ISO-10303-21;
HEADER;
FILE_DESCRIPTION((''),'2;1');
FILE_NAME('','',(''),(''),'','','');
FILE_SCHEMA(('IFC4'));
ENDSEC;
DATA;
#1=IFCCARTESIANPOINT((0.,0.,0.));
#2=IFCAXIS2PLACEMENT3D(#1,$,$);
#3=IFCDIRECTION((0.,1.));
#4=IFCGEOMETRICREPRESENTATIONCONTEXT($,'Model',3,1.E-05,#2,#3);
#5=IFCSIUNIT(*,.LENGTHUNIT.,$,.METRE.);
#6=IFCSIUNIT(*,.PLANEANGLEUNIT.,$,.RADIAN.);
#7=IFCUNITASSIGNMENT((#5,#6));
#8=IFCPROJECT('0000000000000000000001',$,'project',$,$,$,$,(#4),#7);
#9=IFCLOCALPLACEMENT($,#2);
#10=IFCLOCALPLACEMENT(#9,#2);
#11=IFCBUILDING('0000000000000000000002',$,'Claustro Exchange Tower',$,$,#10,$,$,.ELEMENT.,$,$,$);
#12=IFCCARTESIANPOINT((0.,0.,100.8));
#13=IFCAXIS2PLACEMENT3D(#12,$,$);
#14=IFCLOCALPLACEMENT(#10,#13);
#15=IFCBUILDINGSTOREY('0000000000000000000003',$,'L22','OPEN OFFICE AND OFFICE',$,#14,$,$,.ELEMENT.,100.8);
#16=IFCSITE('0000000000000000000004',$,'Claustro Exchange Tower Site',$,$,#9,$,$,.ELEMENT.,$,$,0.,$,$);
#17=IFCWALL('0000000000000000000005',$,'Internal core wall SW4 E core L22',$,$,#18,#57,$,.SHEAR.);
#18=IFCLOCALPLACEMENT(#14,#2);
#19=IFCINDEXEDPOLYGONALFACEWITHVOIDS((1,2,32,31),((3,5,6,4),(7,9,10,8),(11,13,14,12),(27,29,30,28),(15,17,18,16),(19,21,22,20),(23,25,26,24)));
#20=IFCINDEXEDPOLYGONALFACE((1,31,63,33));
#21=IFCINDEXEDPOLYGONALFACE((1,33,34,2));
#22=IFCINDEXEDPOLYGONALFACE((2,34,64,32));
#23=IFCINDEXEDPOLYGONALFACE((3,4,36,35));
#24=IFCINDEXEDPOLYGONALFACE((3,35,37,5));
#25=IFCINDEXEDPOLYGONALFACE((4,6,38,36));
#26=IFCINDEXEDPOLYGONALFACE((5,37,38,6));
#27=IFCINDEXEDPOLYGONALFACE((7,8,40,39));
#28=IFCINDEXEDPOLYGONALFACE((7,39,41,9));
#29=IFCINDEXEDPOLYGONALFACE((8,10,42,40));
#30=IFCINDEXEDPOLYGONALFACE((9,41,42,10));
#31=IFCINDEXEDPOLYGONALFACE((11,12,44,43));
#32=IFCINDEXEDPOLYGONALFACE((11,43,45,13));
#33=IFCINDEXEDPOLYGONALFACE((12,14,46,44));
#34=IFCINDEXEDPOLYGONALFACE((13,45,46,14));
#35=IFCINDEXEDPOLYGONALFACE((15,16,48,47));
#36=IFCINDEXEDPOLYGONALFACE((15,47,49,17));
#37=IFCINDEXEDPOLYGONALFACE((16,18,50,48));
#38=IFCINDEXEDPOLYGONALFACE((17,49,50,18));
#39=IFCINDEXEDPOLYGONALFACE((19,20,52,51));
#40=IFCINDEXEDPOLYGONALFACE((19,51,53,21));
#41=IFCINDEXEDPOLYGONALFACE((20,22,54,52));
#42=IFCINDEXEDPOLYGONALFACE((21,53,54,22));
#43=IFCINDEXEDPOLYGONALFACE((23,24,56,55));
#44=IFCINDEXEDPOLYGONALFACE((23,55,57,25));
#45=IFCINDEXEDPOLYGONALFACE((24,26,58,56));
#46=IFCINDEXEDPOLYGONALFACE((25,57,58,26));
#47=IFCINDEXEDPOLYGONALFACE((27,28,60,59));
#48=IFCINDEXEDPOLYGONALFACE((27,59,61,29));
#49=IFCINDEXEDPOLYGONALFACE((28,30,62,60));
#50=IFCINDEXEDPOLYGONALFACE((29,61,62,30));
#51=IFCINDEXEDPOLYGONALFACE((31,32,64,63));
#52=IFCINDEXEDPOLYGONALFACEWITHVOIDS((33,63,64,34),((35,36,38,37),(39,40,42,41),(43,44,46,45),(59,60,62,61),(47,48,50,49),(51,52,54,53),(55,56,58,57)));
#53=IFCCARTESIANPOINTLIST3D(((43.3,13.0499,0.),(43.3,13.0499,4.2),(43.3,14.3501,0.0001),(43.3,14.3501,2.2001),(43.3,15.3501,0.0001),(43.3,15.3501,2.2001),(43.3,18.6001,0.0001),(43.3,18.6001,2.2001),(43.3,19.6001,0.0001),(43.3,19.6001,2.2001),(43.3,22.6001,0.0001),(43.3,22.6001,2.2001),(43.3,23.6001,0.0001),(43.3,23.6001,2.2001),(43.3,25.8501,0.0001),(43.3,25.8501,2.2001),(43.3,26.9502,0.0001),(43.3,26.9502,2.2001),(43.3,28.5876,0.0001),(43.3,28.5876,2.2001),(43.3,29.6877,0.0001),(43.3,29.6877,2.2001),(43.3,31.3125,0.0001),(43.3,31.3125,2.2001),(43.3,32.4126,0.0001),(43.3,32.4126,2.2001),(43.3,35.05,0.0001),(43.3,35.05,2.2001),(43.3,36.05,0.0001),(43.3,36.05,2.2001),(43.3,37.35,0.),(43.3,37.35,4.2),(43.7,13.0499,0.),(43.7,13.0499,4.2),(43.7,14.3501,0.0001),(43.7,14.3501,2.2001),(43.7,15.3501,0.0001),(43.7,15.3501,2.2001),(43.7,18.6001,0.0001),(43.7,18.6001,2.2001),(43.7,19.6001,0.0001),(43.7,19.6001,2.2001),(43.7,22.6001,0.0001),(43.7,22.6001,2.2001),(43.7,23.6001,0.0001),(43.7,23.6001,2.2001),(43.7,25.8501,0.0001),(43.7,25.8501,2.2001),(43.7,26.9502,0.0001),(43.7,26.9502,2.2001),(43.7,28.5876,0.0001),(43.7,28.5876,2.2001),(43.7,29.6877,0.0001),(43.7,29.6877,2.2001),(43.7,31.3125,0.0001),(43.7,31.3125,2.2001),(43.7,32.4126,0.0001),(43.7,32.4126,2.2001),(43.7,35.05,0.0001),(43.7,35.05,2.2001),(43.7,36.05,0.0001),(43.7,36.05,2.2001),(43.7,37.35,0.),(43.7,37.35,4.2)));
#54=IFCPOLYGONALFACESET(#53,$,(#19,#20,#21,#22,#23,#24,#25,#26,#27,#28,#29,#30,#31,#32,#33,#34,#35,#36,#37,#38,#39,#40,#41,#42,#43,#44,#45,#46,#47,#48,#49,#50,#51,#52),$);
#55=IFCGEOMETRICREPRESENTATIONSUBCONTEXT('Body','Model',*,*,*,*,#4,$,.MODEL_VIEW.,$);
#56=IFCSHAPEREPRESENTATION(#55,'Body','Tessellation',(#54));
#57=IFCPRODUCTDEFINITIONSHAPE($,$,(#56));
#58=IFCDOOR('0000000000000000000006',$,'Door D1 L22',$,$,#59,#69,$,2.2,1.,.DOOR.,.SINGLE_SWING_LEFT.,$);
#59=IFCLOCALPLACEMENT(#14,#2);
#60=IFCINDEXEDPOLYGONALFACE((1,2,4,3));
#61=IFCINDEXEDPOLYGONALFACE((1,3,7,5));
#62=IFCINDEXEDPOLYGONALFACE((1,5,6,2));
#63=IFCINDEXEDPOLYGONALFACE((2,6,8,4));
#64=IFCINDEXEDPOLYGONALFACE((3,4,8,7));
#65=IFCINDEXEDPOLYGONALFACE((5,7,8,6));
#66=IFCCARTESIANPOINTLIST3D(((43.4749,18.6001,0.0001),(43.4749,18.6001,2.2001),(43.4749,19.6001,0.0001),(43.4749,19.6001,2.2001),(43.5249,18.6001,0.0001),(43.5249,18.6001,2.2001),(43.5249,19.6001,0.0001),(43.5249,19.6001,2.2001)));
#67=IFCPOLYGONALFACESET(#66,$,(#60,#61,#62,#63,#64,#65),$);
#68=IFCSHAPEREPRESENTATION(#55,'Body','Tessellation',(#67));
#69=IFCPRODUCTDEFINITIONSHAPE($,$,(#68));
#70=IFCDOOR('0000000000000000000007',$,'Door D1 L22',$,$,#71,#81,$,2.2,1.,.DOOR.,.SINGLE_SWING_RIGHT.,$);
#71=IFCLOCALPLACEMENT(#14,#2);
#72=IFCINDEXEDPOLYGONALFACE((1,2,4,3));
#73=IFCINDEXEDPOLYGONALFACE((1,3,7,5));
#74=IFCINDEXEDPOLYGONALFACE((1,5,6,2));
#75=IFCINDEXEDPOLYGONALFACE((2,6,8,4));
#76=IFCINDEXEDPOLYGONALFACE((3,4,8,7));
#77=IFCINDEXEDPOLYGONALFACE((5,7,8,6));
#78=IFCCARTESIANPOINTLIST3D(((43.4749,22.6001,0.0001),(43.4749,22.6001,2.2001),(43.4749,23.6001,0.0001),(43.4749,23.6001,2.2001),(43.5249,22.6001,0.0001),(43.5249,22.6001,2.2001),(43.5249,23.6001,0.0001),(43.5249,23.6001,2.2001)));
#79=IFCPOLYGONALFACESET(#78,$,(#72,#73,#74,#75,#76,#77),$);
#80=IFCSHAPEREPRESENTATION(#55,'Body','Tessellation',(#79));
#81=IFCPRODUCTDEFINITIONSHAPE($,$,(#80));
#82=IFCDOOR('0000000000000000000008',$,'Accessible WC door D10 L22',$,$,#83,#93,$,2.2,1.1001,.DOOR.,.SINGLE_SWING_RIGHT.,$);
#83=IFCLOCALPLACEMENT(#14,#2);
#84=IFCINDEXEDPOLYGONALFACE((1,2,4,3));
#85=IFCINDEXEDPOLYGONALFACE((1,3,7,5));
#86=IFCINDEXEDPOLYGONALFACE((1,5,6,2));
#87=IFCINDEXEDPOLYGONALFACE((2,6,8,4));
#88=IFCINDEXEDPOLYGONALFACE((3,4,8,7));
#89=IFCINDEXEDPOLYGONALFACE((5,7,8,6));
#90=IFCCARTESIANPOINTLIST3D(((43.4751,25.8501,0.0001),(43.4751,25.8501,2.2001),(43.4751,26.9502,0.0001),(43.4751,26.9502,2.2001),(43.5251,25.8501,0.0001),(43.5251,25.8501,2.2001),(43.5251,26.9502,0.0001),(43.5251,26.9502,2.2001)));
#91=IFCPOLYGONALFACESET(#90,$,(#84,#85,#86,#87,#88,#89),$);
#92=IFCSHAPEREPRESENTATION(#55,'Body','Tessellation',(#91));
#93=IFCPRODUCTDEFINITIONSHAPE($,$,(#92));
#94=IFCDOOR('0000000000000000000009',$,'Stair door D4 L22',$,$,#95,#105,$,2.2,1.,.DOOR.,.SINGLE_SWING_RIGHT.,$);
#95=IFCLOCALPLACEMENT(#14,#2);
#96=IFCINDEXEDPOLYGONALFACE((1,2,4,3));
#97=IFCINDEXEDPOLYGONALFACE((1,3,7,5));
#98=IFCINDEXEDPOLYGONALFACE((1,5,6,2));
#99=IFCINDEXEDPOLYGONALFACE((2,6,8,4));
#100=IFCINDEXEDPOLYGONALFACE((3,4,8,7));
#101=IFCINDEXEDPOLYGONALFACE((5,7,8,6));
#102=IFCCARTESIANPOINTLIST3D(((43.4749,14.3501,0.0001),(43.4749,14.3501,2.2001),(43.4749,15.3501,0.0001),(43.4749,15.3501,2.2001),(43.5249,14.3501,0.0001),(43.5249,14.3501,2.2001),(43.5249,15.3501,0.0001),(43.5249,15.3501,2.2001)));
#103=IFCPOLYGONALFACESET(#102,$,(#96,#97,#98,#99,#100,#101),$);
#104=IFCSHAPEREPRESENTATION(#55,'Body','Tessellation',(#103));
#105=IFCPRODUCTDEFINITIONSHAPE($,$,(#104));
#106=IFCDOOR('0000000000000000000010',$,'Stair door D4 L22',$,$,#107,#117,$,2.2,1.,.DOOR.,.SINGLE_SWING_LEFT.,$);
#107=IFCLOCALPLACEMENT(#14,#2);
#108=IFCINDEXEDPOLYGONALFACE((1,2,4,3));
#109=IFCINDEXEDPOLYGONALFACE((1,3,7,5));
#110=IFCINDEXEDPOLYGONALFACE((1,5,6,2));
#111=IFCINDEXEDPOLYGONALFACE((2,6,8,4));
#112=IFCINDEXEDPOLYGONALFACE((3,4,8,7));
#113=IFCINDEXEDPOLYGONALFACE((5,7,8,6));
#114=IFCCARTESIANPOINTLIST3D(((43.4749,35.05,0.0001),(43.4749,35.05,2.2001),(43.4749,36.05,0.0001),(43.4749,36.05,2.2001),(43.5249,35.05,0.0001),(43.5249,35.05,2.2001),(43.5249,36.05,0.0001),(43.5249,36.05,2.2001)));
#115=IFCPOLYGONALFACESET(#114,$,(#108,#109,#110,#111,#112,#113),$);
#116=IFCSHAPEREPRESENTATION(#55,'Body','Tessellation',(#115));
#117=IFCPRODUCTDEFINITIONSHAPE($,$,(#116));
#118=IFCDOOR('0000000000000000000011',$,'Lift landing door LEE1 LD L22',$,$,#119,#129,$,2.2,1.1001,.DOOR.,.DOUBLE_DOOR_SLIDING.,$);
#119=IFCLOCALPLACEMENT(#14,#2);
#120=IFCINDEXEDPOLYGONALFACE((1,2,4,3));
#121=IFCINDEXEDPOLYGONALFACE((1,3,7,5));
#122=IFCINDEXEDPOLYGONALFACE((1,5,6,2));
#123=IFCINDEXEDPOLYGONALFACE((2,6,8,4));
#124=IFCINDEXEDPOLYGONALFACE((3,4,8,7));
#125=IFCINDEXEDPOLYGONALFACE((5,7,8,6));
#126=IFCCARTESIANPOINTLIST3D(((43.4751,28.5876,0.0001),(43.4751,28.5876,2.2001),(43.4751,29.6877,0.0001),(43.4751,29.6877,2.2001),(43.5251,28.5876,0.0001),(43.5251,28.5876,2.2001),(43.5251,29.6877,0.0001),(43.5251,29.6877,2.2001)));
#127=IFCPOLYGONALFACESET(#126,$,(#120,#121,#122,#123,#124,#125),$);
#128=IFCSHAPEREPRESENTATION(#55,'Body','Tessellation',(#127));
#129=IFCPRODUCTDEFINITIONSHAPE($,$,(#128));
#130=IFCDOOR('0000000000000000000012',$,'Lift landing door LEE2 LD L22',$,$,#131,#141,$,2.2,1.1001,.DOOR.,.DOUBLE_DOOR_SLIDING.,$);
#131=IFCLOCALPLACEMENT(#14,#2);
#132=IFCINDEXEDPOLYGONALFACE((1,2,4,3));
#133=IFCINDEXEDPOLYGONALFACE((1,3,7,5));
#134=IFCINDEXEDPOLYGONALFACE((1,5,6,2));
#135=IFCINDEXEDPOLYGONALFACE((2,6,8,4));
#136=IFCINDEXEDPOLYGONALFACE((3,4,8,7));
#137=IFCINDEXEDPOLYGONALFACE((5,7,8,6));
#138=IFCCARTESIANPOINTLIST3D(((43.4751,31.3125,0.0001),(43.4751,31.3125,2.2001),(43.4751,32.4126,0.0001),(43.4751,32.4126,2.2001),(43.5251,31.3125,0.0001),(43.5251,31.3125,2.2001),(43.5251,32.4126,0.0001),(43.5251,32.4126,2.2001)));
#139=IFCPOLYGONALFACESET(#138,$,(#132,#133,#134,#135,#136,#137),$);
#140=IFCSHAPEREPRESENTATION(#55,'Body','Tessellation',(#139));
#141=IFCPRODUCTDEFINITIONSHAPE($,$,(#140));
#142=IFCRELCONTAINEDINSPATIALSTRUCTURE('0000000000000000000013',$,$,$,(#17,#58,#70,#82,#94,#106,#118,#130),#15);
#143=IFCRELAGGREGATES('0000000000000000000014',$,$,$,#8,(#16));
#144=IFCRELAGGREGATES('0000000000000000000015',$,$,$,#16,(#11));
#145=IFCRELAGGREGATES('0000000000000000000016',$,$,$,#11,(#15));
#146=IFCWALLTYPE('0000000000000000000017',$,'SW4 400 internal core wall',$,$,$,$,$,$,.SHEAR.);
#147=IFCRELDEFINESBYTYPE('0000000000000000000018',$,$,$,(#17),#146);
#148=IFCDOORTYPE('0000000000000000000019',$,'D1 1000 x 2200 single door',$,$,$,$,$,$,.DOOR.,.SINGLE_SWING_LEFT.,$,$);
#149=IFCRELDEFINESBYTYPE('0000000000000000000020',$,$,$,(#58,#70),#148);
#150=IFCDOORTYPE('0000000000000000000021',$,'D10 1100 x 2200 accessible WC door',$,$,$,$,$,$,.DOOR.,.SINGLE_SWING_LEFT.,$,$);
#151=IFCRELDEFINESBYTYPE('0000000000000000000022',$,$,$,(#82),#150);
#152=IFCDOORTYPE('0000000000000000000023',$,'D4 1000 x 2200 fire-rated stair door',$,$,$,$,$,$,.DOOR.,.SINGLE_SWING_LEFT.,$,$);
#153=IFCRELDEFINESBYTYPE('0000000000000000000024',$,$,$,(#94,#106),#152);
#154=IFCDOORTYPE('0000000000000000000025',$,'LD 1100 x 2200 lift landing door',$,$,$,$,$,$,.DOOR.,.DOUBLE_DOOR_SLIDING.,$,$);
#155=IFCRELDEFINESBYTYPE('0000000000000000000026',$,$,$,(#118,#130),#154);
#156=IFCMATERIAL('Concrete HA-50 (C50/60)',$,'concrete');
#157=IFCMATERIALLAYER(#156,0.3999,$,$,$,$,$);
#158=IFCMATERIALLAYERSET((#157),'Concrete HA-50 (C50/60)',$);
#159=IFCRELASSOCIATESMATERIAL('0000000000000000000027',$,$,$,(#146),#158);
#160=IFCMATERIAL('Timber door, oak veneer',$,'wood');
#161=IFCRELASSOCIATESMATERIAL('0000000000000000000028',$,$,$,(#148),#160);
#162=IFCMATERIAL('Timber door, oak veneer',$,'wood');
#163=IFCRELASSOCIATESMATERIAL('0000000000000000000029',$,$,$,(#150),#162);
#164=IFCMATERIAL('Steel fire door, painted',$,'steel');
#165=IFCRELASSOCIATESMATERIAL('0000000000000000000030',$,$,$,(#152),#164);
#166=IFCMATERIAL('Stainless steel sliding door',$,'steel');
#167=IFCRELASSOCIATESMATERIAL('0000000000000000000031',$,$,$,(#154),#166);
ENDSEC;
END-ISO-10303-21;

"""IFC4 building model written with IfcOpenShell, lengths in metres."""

from ifc_helpers import new_model, si_unit, direction, frame, frame_2d, origin, place, context, subcontext, project, spatial, rectangle, extrude, material, layer, layer_set, type_object, element, fill, save


model = new_model("IFC4")

# Units and contexts
model_context = context("Model", 3, precision=1e-05, world=origin(), true_north=direction((0.0, 1.0)))
body_context = subcontext(model_context, "Body", "Model", "MODEL_VIEW")
ifc_project = project(units=[si_unit("LENGTHUNIT", "METRE"), si_unit("PLANEANGLEUNIT", "RADIAN")], contexts=[model_context])

# Site, building, storey
site_placement = place(None, origin())
site = spatial("IfcSite", under=ifc_project, at=site_placement, Name="Claustro Exchange Tower Site", CompositionType="ELEMENT", RefElevation=0.0)
building_placement = place(site_placement, origin())
building = spatial("IfcBuilding", under=site, at=building_placement, Name="Claustro Exchange Tower", CompositionType="ELEMENT")
storey_placement = place(building_placement, frame((0.0, 0.0, 100.8)))
storey = spatial("IfcBuildingStorey", under=building, at=storey_placement, Name="L22", Description="OPEN OFFICE AND OFFICE", CompositionType="ELEMENT", Elevation=100.8)

# Wall, openings, doors
ifc_material_1 = material(Name="Concrete HA-50 (C50/60)", Category="concrete")
ifc_layer_1 = layer(ifc_material_1, 0.3999)
ifc_layer_set_1 = layer_set([ifc_layer_1], Name="Concrete HA-50 (C50/60)")
wall_type_1 = type_object("IfcWallType", Name="SW4 400 internal core wall", PredefinedType="SHEAR", material=ifc_layer_set_1)
wall_1_placement = place(storey_placement, frame((43.5, 13.05, 0.0), z_axis=(0.0, 0.0, 1.0), x_axis=(0.0, 1.0, 0.0)))
wall_1 = element("IfcWall", 1, at=wall_1_placement, inside=storey, type_object=wall_type_1, Name="Internal core wall SW4 E core L22", PredefinedType="SHEAR", context=body_context, shape_type="SweptSolid", body=[
    extrude(rectangle(XDim=24.3, YDim=0.3999, at=frame_2d((12.1499, 0.0))), origin(), (0.0, 0.0, 1.0), 4.2),
])
opening_1_placement = place(wall_1_placement, frame((1.3, 0.0, 0.0)))
opening_1 = element("IfcOpeningElement", 2, at=opening_1_placement, cuts=wall_1, PredefinedType="OPENING", context=body_context, shape_type="SweptSolid", body=[
    extrude(rectangle(XDim=1.0, YDim=2.2, at=frame_2d((0.5, 1.1001))), frame((0.0, 0.21, 0.0), z_axis=(0.0, -1.0, 0.0), x_axis=(1.0, 0.0, 0.0)), (0.0, 0.0, 1.0), 0.4199),
])
opening_2_placement = place(wall_1_placement, frame((22.0, 0.0, 0.0)))
opening_2 = element("IfcOpeningElement", 3, at=opening_2_placement, cuts=wall_1, PredefinedType="OPENING", context=body_context, shape_type="SweptSolid", body=[
    extrude(rectangle(XDim=1.0, YDim=2.2, at=frame_2d((0.5, 1.1001))), frame((0.0, 0.21, 0.0), z_axis=(0.0, -1.0, 0.0), x_axis=(1.0, 0.0, 0.0)), (0.0, 0.0, 1.0), 0.4199),
])
opening_3_placement = place(wall_1_placement, frame((5.55, 0.0, 0.0)))
opening_3 = element("IfcOpeningElement", 4, at=opening_3_placement, cuts=wall_1, PredefinedType="OPENING", context=body_context, shape_type="SweptSolid", body=[
    extrude(rectangle(XDim=1.0, YDim=2.2, at=frame_2d((0.5, 1.1001))), frame((0.0, 0.21, 0.0), z_axis=(0.0, -1.0, 0.0), x_axis=(1.0, 0.0, 0.0)), (0.0, 0.0, 1.0), 0.4199),
])
opening_4_placement = place(wall_1_placement, frame((9.55, 0.0, 0.0)))
opening_4 = element("IfcOpeningElement", 5, at=opening_4_placement, cuts=wall_1, PredefinedType="OPENING", context=body_context, shape_type="SweptSolid", body=[
    extrude(rectangle(XDim=1.0, YDim=2.2, at=frame_2d((0.5, 1.1001))), frame((0.0, 0.21, 0.0), z_axis=(0.0, -1.0, 0.0), x_axis=(1.0, 0.0, 0.0)), (0.0, 0.0, 1.0), 0.4199),
])
opening_5_placement = place(wall_1_placement, frame((12.8, 0.0, 0.0)))
opening_5 = element("IfcOpeningElement", 6, at=opening_5_placement, cuts=wall_1, PredefinedType="OPENING", context=body_context, shape_type="SweptSolid", body=[
    extrude(rectangle(XDim=1.1001, YDim=2.2, at=frame_2d((0.55, 1.1001))), frame((0.0, 0.21, 0.0), z_axis=(0.0, -1.0, 0.0), x_axis=(1.0, 0.0, 0.0)), (0.0, 0.0, 1.0), 0.4199),
])
opening_6_placement = place(wall_1_placement, frame((15.5376, 0.0, 0.0)))
opening_6 = element("IfcOpeningElement", 7, at=opening_6_placement, cuts=wall_1, PredefinedType="OPENING", context=body_context, shape_type="SweptSolid", body=[
    extrude(rectangle(XDim=1.1001, YDim=2.2, at=frame_2d((0.55, 1.1001))), frame((0.0, 0.21, 0.0), z_axis=(0.0, -1.0, 0.0), x_axis=(1.0, 0.0, 0.0)), (0.0, 0.0, 1.0), 0.4199),
])
opening_7_placement = place(wall_1_placement, frame((18.2625, 0.0, 0.0)))
opening_7 = element("IfcOpeningElement", 8, at=opening_7_placement, cuts=wall_1, PredefinedType="OPENING", context=body_context, shape_type="SweptSolid", body=[
    extrude(rectangle(XDim=1.1001, YDim=2.2, at=frame_2d((0.55, 1.1001))), frame((0.0, 0.21, 0.0), z_axis=(0.0, -1.0, 0.0), x_axis=(1.0, 0.0, 0.0)), (0.0, 0.0, 1.0), 0.4199),
])
ifc_material_2 = material(Name="Timber door, oak veneer", Category="wood")
door_type_1 = type_object("IfcDoorType", Name="D1 1000 x 2200 single door", OperationType="SINGLE_SWING_LEFT", PredefinedType="DOOR", material=ifc_material_2)
door_1_placement = place(opening_3_placement, frame((1.0, 0.0, 0.0), z_axis=(0.0, 0.0, 1.0), x_axis=(-1.0, 0.0, 0.0)))
door_1 = element("IfcDoor", 9, at=door_1_placement, inside=storey, type_object=door_type_1, Name="Door D1 L22", OperationType="SINGLE_SWING_LEFT", OverallHeight=2.2, OverallWidth=1.0, PredefinedType="DOOR", context=body_context, shape_type="SweptSolid", body=[
    extrude(rectangle(XDim=1.0, YDim=2.2, at=frame_2d((0.5, 1.1001))), frame((0.0, 0.0249, 0.0), z_axis=(0.0, -1.0, 0.0), x_axis=(1.0, 0.0, 0.0)), (0.0, 0.0, 1.0), 0.05),
])
fill(opening_3, door_1)
door_2_placement = place(opening_4_placement, frame((1.0, 0.0, 0.0), z_axis=(0.0, 0.0, 1.0), x_axis=(-1.0, 0.0, 0.0)))
door_2 = element("IfcDoor", 10, at=door_2_placement, inside=storey, type_object=door_type_1, Name="Door D1 L22", OperationType="SINGLE_SWING_RIGHT", OverallHeight=2.2, OverallWidth=1.0, PredefinedType="DOOR", context=body_context, shape_type="SweptSolid", body=[
    extrude(rectangle(XDim=1.0, YDim=2.2, at=frame_2d((0.5, 1.1001))), frame((0.0, 0.0249, 0.0), z_axis=(0.0, -1.0, 0.0), x_axis=(1.0, 0.0, 0.0)), (0.0, 0.0, 1.0), 0.05),
])
fill(opening_4, door_2)
ifc_material_3 = material(Name="Timber door, oak veneer", Category="wood")
door_type_2 = type_object("IfcDoorType", Name="D10 1100 x 2200 accessible WC door", OperationType="SINGLE_SWING_LEFT", PredefinedType="DOOR", material=ifc_material_3)
door_3_placement = place(opening_5_placement, origin())
door_3 = element("IfcDoor", 11, at=door_3_placement, inside=storey, type_object=door_type_2, Name="Accessible WC door D10 L22", OperationType="SINGLE_SWING_RIGHT", OverallHeight=2.2, OverallWidth=1.1001, PredefinedType="DOOR", context=body_context, shape_type="SweptSolid", body=[
    extrude(rectangle(XDim=1.1001, YDim=2.2, at=frame_2d((0.55, 1.1001))), frame((0.0, 0.0249, 0.0), z_axis=(0.0, -1.0, 0.0), x_axis=(1.0, 0.0, 0.0)), (0.0, 0.0, 1.0), 0.05),
])
fill(opening_5, door_3)
ifc_material_4 = material(Name="Steel fire door, painted", Category="steel")
door_type_3 = type_object("IfcDoorType", Name="D4 1000 x 2200 fire-rated stair door", OperationType="SINGLE_SWING_LEFT", PredefinedType="DOOR", material=ifc_material_4)
door_4_placement = place(opening_1_placement, frame((1.0, 0.0, 0.0), z_axis=(0.0, 0.0, 1.0), x_axis=(-1.0, 0.0, 0.0)))
door_4 = element("IfcDoor", 12, at=door_4_placement, inside=storey, type_object=door_type_3, Name="Stair door D4 L22", OperationType="SINGLE_SWING_RIGHT", OverallHeight=2.2, OverallWidth=1.0, PredefinedType="DOOR", context=body_context, shape_type="SweptSolid", body=[
    extrude(rectangle(XDim=1.0, YDim=2.2, at=frame_2d((0.5, 1.1001))), frame((0.0, 0.0249, 0.0), z_axis=(0.0, -1.0, 0.0), x_axis=(1.0, 0.0, 0.0)), (0.0, 0.0, 1.0), 0.05),
])
fill(opening_1, door_4)
door_5_placement = place(opening_2_placement, frame((1.0, 0.0, 0.0), z_axis=(0.0, 0.0, 1.0), x_axis=(-1.0, 0.0, 0.0)))
door_5 = element("IfcDoor", 13, at=door_5_placement, inside=storey, type_object=door_type_3, Name="Stair door D4 L22", OperationType="SINGLE_SWING_LEFT", OverallHeight=2.2, OverallWidth=1.0, PredefinedType="DOOR", context=body_context, shape_type="SweptSolid", body=[
    extrude(rectangle(XDim=1.0, YDim=2.2, at=frame_2d((0.5, 1.1001))), frame((0.0, 0.0249, 0.0), z_axis=(0.0, -1.0, 0.0), x_axis=(1.0, 0.0, 0.0)), (0.0, 0.0, 1.0), 0.05),
])
fill(opening_2, door_5)
ifc_material_5 = material(Name="Stainless steel sliding door", Category="steel")
door_type_4 = type_object("IfcDoorType", Name="LD 1100 x 2200 lift landing door", OperationType="DOUBLE_DOOR_SLIDING", PredefinedType="DOOR", material=ifc_material_5)
door_6_placement = place(opening_6_placement, origin())
door_6 = element("IfcDoor", 14, at=door_6_placement, inside=storey, type_object=door_type_4, Name="Lift landing door LEE1 LD L22", OperationType="DOUBLE_DOOR_SLIDING", OverallHeight=2.2, OverallWidth=1.1001, PredefinedType="DOOR", context=body_context, shape_type="SweptSolid", body=[
    extrude(rectangle(XDim=1.1001, YDim=2.2, at=frame_2d((0.55, 1.1001))), frame((0.0, 0.0249, 0.0), z_axis=(0.0, -1.0, 0.0), x_axis=(1.0, 0.0, 0.0)), (0.0, 0.0, 1.0), 0.05),
])
fill(opening_6, door_6)
door_7_placement = place(opening_7_placement, origin())
door_7 = element("IfcDoor", 15, at=door_7_placement, inside=storey, type_object=door_type_4, Name="Lift landing door LEE2 LD L22", OperationType="DOUBLE_DOOR_SLIDING", OverallHeight=2.2, OverallWidth=1.1001, PredefinedType="DOOR", context=body_context, shape_type="SweptSolid", body=[
    extrude(rectangle(XDim=1.1001, YDim=2.2, at=frame_2d((0.55, 1.1001))), frame((0.0, 0.0249, 0.0), z_axis=(0.0, -1.0, 0.0), x_axis=(1.0, 0.0, 0.0)), (0.0, 0.0, 1.0), 0.05),
])
fill(opening_7, door_7)

save(model, "model.ifc")
